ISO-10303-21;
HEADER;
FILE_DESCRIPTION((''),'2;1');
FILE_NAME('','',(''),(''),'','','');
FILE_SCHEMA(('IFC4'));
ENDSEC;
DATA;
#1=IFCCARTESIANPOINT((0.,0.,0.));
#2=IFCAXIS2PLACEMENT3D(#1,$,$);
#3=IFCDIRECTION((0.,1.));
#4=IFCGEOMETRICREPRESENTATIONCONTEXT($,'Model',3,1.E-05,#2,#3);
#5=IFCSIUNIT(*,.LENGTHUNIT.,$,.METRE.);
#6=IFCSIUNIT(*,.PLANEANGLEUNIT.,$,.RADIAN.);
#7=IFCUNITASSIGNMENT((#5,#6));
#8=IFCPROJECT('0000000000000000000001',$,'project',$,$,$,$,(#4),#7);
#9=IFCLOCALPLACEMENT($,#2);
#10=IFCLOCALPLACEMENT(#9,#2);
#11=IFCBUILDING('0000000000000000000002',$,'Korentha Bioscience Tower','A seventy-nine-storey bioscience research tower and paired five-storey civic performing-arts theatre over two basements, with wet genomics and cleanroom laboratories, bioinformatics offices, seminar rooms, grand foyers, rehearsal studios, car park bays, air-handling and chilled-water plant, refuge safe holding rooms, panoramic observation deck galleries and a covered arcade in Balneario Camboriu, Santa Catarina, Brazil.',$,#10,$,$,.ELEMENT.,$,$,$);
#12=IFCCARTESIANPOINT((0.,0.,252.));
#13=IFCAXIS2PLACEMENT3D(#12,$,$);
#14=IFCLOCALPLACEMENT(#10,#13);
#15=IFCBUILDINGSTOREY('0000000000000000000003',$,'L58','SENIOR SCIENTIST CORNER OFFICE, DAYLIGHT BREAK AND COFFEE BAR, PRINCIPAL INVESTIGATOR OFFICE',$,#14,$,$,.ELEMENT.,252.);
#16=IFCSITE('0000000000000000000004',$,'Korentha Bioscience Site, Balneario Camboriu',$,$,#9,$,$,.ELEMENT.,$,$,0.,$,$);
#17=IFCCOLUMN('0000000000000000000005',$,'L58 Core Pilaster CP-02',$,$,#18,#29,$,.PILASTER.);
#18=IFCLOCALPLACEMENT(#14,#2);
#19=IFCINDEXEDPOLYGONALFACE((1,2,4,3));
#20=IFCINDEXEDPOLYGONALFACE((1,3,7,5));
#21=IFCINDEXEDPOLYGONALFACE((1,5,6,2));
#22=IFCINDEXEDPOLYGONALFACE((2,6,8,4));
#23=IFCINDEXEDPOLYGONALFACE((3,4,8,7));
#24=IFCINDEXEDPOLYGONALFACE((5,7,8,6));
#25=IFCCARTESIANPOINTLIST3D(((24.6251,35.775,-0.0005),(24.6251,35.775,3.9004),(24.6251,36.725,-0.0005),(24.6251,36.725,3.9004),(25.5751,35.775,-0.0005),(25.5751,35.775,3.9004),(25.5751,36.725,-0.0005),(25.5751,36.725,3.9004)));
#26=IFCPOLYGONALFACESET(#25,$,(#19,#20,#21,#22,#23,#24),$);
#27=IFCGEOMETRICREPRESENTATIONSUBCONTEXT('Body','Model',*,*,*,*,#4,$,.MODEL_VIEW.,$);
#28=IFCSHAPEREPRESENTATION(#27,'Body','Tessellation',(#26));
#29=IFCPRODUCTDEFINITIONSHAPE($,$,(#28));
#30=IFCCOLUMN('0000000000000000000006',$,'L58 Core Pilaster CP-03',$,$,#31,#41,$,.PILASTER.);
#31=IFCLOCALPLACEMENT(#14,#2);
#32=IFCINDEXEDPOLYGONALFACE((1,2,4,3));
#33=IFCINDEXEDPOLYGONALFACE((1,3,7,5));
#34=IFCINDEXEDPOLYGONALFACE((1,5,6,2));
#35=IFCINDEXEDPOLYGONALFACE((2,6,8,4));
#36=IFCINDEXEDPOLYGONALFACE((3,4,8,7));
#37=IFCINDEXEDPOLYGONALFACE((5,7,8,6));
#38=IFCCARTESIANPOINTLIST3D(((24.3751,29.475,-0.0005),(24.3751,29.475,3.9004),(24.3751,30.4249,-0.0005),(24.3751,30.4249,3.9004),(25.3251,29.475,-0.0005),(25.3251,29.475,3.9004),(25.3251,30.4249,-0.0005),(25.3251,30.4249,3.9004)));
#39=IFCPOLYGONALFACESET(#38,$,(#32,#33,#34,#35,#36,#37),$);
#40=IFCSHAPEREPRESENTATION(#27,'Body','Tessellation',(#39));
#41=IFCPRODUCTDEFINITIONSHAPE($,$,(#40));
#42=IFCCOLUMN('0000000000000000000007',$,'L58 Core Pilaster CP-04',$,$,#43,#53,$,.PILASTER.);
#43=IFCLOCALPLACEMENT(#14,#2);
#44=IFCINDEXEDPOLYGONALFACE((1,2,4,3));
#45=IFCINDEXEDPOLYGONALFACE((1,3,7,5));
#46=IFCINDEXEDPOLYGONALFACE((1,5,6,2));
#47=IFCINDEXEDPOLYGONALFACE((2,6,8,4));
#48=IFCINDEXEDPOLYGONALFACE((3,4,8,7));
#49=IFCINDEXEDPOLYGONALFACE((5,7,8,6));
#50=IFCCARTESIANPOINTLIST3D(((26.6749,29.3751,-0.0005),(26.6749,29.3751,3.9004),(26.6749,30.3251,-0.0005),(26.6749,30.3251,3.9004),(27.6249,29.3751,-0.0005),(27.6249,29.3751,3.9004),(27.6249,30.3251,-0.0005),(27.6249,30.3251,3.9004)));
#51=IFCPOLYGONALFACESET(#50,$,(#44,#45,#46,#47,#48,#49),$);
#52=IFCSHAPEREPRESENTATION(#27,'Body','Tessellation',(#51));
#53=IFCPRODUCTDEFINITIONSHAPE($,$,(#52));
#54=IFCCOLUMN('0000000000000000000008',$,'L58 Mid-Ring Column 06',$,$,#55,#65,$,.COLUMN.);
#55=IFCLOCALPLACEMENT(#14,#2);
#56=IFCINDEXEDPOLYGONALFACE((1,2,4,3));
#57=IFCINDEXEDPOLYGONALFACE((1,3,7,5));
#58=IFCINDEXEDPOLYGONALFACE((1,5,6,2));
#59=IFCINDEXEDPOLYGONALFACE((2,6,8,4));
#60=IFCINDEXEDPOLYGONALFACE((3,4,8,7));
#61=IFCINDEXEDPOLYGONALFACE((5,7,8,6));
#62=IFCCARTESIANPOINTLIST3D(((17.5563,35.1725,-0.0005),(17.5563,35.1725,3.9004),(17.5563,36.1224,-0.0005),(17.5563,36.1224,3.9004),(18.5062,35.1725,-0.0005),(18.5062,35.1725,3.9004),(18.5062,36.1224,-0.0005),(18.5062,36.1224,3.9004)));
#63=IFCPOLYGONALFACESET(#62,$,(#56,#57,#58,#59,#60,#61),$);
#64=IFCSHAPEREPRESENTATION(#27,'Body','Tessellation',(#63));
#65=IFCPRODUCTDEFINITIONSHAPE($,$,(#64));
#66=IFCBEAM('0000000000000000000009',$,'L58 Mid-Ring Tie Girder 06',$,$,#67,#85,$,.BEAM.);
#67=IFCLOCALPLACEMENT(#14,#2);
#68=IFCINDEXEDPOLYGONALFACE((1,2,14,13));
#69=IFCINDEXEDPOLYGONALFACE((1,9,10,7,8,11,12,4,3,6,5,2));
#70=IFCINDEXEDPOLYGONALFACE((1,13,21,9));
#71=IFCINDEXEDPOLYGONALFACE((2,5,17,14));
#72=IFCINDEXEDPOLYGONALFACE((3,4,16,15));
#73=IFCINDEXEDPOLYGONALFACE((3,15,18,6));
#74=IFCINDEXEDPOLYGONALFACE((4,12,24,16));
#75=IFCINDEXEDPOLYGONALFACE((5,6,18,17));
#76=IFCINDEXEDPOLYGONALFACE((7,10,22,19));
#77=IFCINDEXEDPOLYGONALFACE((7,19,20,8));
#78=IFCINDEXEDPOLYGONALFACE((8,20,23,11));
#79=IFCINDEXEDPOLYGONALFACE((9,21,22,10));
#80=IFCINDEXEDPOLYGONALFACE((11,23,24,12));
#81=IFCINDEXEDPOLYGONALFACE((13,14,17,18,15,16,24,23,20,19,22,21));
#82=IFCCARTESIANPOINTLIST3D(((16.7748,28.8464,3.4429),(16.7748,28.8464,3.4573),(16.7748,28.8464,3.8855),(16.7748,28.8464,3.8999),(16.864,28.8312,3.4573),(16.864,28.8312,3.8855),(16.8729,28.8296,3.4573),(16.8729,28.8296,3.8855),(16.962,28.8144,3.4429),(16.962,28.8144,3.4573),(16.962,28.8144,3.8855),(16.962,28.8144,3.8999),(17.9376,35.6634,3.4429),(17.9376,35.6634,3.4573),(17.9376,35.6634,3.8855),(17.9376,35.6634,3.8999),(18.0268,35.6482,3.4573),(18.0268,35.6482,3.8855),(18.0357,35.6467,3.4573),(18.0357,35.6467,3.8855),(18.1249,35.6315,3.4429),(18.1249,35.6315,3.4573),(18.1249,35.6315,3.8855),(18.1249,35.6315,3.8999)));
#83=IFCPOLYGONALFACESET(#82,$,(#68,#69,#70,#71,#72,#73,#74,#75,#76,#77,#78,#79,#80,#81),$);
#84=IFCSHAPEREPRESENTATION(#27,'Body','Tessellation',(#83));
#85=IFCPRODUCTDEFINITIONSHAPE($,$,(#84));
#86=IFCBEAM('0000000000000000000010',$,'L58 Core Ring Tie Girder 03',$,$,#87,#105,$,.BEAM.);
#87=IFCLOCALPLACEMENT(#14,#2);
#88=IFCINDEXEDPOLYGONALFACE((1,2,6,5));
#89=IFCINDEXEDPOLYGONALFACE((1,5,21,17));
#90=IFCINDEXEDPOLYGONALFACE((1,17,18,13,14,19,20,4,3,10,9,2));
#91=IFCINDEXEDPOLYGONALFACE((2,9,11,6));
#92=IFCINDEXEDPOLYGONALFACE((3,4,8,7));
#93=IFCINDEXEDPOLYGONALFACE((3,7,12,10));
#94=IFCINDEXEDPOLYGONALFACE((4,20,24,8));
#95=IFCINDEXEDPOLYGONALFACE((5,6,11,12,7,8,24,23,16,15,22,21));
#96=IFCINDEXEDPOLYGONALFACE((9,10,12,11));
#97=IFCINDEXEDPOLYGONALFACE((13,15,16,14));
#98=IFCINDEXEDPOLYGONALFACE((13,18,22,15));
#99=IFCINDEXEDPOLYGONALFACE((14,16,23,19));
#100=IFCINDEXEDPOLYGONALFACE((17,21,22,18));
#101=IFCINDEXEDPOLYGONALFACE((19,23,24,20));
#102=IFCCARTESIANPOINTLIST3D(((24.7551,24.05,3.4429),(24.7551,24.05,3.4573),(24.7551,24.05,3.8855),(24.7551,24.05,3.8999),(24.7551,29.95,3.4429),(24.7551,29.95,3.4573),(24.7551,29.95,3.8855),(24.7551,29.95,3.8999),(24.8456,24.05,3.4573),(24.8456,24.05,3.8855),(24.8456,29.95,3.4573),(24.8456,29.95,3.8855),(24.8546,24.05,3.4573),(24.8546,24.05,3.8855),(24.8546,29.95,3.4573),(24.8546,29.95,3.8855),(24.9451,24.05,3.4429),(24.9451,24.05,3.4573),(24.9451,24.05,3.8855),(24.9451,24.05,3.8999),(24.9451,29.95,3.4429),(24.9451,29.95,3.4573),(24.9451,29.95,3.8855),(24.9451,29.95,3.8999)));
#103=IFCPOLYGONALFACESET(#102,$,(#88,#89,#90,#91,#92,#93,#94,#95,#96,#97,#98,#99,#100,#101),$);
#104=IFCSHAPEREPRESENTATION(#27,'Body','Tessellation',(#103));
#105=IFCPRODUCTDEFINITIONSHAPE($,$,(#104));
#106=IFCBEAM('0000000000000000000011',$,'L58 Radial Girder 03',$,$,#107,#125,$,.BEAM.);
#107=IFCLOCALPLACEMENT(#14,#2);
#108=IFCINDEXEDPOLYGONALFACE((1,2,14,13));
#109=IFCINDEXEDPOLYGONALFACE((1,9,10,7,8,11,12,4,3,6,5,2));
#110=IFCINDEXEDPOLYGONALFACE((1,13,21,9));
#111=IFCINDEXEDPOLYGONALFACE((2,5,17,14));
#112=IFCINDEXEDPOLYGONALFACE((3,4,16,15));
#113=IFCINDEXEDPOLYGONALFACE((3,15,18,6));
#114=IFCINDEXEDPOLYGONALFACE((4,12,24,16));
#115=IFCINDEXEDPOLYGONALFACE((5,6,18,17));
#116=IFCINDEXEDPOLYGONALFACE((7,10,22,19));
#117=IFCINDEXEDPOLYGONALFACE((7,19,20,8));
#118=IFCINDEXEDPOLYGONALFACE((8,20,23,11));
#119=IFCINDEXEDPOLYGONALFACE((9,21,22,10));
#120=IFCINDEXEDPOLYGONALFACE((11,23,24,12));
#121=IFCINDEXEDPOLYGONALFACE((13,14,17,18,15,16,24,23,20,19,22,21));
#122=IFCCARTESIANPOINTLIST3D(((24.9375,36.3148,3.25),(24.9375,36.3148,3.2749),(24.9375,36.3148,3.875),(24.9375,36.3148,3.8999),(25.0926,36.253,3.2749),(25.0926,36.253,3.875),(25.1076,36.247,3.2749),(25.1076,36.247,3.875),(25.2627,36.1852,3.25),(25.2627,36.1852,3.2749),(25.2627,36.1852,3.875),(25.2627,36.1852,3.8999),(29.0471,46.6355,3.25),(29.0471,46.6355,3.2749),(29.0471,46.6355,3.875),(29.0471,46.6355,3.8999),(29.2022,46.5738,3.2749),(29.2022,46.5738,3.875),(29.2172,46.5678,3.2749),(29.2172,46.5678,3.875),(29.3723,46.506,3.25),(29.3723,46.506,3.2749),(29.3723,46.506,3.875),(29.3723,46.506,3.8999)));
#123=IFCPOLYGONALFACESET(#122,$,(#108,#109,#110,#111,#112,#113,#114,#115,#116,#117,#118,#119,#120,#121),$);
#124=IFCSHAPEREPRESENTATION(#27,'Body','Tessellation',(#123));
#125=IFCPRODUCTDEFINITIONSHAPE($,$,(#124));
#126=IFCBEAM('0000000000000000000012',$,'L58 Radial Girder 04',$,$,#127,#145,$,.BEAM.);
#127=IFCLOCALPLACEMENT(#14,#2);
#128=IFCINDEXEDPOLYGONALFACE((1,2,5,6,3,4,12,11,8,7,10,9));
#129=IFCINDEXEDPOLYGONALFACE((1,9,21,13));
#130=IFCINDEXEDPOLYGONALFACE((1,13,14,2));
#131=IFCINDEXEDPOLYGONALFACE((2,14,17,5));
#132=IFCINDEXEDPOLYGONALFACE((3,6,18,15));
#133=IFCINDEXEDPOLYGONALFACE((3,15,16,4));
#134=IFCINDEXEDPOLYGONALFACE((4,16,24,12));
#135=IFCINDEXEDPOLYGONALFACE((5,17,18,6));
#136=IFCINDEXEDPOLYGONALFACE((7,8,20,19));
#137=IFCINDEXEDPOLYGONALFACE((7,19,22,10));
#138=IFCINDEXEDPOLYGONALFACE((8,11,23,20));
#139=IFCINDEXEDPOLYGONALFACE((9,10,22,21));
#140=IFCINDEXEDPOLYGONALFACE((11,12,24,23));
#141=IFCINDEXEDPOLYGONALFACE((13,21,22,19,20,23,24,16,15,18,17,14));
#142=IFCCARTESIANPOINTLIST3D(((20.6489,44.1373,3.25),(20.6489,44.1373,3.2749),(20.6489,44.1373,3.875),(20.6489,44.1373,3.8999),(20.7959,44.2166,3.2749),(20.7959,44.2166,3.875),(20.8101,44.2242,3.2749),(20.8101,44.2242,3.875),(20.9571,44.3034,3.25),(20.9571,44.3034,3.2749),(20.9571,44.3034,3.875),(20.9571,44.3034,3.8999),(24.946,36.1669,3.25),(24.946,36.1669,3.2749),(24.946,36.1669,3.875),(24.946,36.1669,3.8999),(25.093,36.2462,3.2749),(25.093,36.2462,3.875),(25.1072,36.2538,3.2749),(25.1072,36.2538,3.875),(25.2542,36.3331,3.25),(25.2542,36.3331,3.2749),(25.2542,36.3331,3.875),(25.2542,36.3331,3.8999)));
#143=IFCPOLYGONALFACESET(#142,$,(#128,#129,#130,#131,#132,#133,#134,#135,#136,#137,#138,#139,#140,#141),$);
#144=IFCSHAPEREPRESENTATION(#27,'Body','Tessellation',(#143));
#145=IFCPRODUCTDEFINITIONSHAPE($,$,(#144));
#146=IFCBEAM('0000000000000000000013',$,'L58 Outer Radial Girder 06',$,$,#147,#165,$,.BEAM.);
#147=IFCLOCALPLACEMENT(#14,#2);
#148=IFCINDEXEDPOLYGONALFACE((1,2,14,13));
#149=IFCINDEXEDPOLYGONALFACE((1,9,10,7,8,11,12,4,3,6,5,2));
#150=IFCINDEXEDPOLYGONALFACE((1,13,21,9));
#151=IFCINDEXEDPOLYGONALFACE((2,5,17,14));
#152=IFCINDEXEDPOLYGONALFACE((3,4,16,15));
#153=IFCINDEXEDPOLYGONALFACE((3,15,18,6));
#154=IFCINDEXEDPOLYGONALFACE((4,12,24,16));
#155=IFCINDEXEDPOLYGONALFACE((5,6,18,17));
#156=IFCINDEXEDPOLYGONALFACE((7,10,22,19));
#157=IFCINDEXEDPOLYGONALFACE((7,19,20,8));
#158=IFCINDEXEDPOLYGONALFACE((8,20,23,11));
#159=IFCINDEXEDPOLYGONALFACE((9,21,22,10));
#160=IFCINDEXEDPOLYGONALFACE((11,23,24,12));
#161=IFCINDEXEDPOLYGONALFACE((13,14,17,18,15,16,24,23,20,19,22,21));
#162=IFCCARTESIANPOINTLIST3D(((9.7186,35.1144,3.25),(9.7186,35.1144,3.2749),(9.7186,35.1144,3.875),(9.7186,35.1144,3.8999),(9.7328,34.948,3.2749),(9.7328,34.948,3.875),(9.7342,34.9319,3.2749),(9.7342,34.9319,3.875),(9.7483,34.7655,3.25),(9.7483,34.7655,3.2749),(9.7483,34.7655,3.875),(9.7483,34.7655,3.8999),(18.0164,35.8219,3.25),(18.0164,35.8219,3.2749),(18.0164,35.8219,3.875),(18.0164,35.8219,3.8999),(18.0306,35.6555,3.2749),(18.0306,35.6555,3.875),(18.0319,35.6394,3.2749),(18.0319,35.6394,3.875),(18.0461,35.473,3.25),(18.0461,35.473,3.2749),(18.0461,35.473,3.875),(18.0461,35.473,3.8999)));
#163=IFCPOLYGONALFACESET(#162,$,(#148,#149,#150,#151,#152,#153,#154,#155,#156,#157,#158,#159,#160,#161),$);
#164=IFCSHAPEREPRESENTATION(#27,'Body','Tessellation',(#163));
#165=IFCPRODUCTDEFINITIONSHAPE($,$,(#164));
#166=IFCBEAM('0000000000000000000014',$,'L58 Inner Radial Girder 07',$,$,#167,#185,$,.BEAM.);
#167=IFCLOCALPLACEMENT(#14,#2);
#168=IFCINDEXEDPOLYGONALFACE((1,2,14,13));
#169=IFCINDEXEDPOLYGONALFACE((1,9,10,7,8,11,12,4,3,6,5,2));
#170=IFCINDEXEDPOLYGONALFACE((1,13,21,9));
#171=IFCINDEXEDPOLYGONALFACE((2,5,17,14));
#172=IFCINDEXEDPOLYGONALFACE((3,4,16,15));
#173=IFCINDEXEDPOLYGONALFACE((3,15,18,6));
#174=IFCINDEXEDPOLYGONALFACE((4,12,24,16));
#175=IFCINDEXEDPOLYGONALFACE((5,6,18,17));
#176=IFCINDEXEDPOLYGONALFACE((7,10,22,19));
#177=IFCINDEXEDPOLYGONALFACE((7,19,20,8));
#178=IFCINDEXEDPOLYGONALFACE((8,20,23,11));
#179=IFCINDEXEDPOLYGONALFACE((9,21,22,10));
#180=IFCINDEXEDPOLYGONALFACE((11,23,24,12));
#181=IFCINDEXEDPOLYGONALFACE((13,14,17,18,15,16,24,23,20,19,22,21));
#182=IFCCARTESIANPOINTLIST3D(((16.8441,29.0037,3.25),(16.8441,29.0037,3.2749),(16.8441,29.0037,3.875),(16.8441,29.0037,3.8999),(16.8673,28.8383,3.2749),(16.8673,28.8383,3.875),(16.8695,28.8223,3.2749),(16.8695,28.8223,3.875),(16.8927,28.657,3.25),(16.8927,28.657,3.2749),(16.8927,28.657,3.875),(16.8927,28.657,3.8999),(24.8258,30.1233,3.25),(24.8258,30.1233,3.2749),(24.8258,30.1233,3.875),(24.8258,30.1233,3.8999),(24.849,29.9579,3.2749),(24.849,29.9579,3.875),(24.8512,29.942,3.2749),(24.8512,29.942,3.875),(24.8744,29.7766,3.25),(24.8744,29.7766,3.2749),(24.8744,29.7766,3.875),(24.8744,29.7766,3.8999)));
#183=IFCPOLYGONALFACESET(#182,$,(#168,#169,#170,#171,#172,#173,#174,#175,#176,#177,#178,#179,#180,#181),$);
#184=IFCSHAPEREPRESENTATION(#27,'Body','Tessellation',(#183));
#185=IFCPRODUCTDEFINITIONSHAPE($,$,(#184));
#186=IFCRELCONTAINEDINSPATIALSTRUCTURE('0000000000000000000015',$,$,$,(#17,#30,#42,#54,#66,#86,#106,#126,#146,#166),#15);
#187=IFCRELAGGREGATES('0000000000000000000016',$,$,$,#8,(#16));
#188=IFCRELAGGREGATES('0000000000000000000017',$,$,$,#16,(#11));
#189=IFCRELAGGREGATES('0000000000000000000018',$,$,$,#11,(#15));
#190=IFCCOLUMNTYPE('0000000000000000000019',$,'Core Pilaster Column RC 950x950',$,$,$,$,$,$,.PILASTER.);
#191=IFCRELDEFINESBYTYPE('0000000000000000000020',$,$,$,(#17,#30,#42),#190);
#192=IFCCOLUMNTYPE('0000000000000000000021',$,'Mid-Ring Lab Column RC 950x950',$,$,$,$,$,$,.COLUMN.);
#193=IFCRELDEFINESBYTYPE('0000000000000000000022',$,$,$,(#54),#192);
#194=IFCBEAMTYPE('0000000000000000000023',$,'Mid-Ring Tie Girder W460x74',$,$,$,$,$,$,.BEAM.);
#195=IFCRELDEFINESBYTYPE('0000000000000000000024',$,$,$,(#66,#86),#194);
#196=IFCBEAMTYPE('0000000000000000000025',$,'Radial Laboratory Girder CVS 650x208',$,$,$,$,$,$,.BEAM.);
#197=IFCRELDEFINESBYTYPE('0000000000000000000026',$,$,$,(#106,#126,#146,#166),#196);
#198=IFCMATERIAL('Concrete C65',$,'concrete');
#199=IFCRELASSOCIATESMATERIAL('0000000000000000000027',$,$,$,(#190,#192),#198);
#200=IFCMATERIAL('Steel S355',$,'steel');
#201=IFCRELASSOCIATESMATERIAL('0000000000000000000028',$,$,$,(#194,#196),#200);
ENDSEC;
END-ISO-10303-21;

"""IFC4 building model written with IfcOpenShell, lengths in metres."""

from ifc_helpers import new_model, si_unit, direction, frame, origin, origin_2d, place, context, subcontext, project, spatial, rectangle, i_section, extrude, material, material_profile, profile_set, type_object, element, save


model = new_model("IFC4")

# Units and contexts
model_context = context("Model", 3, precision=1e-05, world=origin(), true_north=direction((0.0, 1.0)))
body_context = subcontext(model_context, "Body", "Model", "MODEL_VIEW")
ifc_project = project(units=[si_unit("LENGTHUNIT", "METRE"), si_unit("PLANEANGLEUNIT", "RADIAN")], contexts=[model_context])

# Site, building, storey
site_placement = place(None, origin())
site = spatial("IfcSite", under=ifc_project, at=site_placement, Name="Korentha Bioscience Site, Balneario Camboriu", CompositionType="ELEMENT", RefElevation=0.0)
building_placement = place(site_placement, origin())
building = spatial("IfcBuilding", under=site, at=building_placement, Name="Korentha Bioscience Tower", Description="A seventy-nine-storey bioscience research tower and paired five-storey civic performing-arts theatre over two basements, with wet genomics and cleanroom laboratories, bioinformatics offices, seminar rooms, grand foyers, rehearsal studios, car park bays, air-handling and chilled-water plant, refuge safe holding rooms, panoramic observation deck galleries and a covered arcade in Balneario Camboriu, Santa Catarina, Brazil.", CompositionType="ELEMENT")
storey_placement = place(building_placement, frame((0.0, 0.0, 252.0)))
storey = spatial("IfcBuildingStorey", under=building, at=storey_placement, Name="L58", Description="SENIOR SCIENTIST CORNER OFFICE, DAYLIGHT BREAK AND COFFEE BAR, PRINCIPAL INVESTIGATOR OFFICE", CompositionType="ELEMENT", Elevation=252.0)

# Columns
ifc_material_1 = material(Name="Concrete C65", Category="concrete")
ifc_material_profile_1 = material_profile(ifc_material_1, rectangle(XDim=0.95, YDim=0.95, at=origin_2d()), Name="Concrete C65")
ifc_profile_set_1 = profile_set([ifc_material_profile_1], Name="Concrete C65 (COL-CP09)")
column_type_1 = type_object("IfcColumnType", Name="Core Pilaster Column RC 950x950", PredefinedType="PILASTER", material=ifc_profile_set_1)
for number, where, z_axis, x_axis, name in (
    (1, (25.1001, 36.25, -0.0005), (0.0, 0.0, 1.0), (1.0, 0.0, 0.0), "L58 Core Pilaster CP-02"),
    (2, (24.8501, 29.95, -0.0005), (0.0, 0.0, 1.0), (1.0, 0.0, 0.0), "L58 Core Pilaster CP-03"),
    (3, (27.1499, 29.8501, -0.0005), (0.0, 0.0, 1.0), (1.0, 0.0, 0.0), "L58 Core Pilaster CP-04"),
):
    element("IfcColumn", number, at=place(storey_placement, frame(where, z_axis=z_axis, x_axis=x_axis)), inside=storey, type_object=column_type_1, Name=name, PredefinedType="PILASTER", context=body_context, shape_type="SweptSolid", body=[
        extrude(rectangle(XDim=0.95, YDim=0.95, at=origin_2d()), origin(), (0.0, 0.0, 1.0), 3.9009),
    ])
ifc_material_profile_2 = material_profile(ifc_material_1, rectangle(XDim=0.95, YDim=0.95, at=origin_2d()), Name="Concrete C65")
ifc_profile_set_2 = profile_set([ifc_material_profile_2], Name="Concrete C65 (COL-MR09)")
column_type_2 = type_object("IfcColumnType", Name="Mid-Ring Lab Column RC 950x950", PredefinedType="COLUMN", material=ifc_profile_set_2)
column_placement = place(storey_placement, frame((18.0312, 35.6475, -0.0005), z_axis=(0.0, 0.0, 1.0), x_axis=(1.0, 0.0, 0.0)))
element("IfcColumn", 4, at=column_placement, inside=storey, type_object=column_type_2, Name="L58 Mid-Ring Column 06", PredefinedType="COLUMN", context=body_context, shape_type="SweptSolid", body=[
    extrude(rectangle(XDim=0.95, YDim=0.95, at=origin_2d()), origin(), (0.0, 0.0, 1.0), 3.9009),
])

# Beams
ifc_material_2 = material(Name="Steel S355", Category="steel")
ifc_material_profile_3 = material_profile(ifc_material_2, i_section(OverallWidth=0.1899, OverallDepth=0.457, WebThickness=0.009, FlangeThickness=0.0144, at=origin_2d()), Name="Steel S355")
ifc_profile_set_3 = profile_set([ifc_material_profile_3], Name="Steel S355 (MB-460)")
beam_type_1 = type_object("IfcBeamType", Name="Mid-Ring Tie Girder W460x74", PredefinedType="BEAM", material=ifc_profile_set_3)
beam_1_placement = place(storey_placement, frame((18.0312, 35.6475, 3.6714), z_axis=(-0.168148, -0.985762, 0.0), x_axis=(0.985762, -0.168148, 0.0)))
element("IfcBeam", 5, at=beam_1_placement, inside=storey, type_object=beam_type_1, Name="L58 Mid-Ring Tie Girder 06", PredefinedType="BEAM", context=body_context, shape_type="SweptSolid", body=[
    extrude(i_section(OverallWidth=0.1899, OverallDepth=0.457, WebThickness=0.009, FlangeThickness=0.0144, at=origin_2d()), origin(), (0.0, 0.0, 1.0), 6.9155),
])
beam_2_placement = place(storey_placement, frame((24.8501, 29.95, 3.6714), z_axis=(0.0, -1.0, 0.0), x_axis=(1.0, 0.0, 0.0)))
element("IfcBeam", 6, at=beam_2_placement, inside=storey, type_object=beam_type_1, Name="L58 Core Ring Tie Girder 03", PredefinedType="BEAM", context=body_context, shape_type="SweptSolid", body=[
    extrude(i_section(OverallWidth=0.1899, OverallDepth=0.457, WebThickness=0.009, FlangeThickness=0.0144, at=origin_2d()), origin(), (0.0, 0.0, 1.0), 5.8999),
])
ifc_material_profile_4 = material_profile(ifc_material_2, i_section(OverallWidth=0.3501, OverallDepth=0.6499, WebThickness=0.0161, FlangeThickness=0.0249, at=origin_2d()), Name="Steel S355")
ifc_profile_set_4 = profile_set([ifc_material_profile_4], Name="Steel S355 (RB-650)")
beam_type_2 = type_object("IfcBeamType", Name="Radial Laboratory Girder CVS 650x208", PredefinedType="BEAM", material=ifc_profile_set_4)
beam_3_placement = place(storey_placement, frame((25.1001, 36.25, 3.575), z_axis=(0.369939, 0.929056, 0.0), x_axis=(-0.929056, 0.369939, 0.0)))
element("IfcBeam", 7, at=beam_3_placement, inside=storey, type_object=beam_type_2, Name="L58 Radial Girder 03", PredefinedType="BEAM", context=body_context, shape_type="SweptSolid", body=[
    extrude(i_section(OverallWidth=0.3501, OverallDepth=0.6499, WebThickness=0.0161, FlangeThickness=0.0249, at=origin_2d()), origin(), (0.0, 0.0, 1.0), 11.1089),
])
beam_4_placement = place(storey_placement, frame((25.1001, 36.25, 3.575), z_axis=(-0.474556, 0.880225, 0.0), x_axis=(-0.880225, -0.474556, 0.0)))
element("IfcBeam", 8, at=beam_4_placement, inside=storey, type_object=beam_type_2, Name="L58 Radial Girder 04", PredefinedType="BEAM", context=body_context, shape_type="SweptSolid", body=[
    extrude(i_section(OverallWidth=0.3501, OverallDepth=0.6499, WebThickness=0.0161, FlangeThickness=0.0249, at=origin_2d()), origin(), (0.0, 0.0, 1.0), 9.0549),
])
beam_5_placement = place(storey_placement, frame((18.0312, 35.6475, 3.575), z_axis=(-0.996385, -0.084957, 0.0), x_axis=(0.084957, -0.996385, 0.0)))
element("IfcBeam", 9, at=beam_5_placement, inside=storey, type_object=beam_type_2, Name="L58 Outer Radial Girder 06", PredefinedType="BEAM", context=body_context, shape_type="SweptSolid", body=[
    extrude(i_section(OverallWidth=0.3501, OverallDepth=0.6499, WebThickness=0.0161, FlangeThickness=0.0249, at=origin_2d()), origin(), (0.0, 0.0, 1.0), 8.3279),
])
beam_6_placement = place(storey_placement, frame((24.8501, 29.95, 3.575), z_axis=(-0.990304, -0.138915, 0.0), x_axis=(0.138915, -0.990304, 0.0)))
element("IfcBeam", 10, at=beam_6_placement, inside=storey, type_object=beam_type_2, Name="L58 Inner Radial Girder 07", PredefinedType="BEAM", context=body_context, shape_type="SweptSolid", body=[
    extrude(i_section(OverallWidth=0.3501, OverallDepth=0.6499, WebThickness=0.0161, FlangeThickness=0.0249, at=origin_2d()), origin(), (0.0, 0.0, 1.0), 8.0598),
])

save(model, "model.ifc")
